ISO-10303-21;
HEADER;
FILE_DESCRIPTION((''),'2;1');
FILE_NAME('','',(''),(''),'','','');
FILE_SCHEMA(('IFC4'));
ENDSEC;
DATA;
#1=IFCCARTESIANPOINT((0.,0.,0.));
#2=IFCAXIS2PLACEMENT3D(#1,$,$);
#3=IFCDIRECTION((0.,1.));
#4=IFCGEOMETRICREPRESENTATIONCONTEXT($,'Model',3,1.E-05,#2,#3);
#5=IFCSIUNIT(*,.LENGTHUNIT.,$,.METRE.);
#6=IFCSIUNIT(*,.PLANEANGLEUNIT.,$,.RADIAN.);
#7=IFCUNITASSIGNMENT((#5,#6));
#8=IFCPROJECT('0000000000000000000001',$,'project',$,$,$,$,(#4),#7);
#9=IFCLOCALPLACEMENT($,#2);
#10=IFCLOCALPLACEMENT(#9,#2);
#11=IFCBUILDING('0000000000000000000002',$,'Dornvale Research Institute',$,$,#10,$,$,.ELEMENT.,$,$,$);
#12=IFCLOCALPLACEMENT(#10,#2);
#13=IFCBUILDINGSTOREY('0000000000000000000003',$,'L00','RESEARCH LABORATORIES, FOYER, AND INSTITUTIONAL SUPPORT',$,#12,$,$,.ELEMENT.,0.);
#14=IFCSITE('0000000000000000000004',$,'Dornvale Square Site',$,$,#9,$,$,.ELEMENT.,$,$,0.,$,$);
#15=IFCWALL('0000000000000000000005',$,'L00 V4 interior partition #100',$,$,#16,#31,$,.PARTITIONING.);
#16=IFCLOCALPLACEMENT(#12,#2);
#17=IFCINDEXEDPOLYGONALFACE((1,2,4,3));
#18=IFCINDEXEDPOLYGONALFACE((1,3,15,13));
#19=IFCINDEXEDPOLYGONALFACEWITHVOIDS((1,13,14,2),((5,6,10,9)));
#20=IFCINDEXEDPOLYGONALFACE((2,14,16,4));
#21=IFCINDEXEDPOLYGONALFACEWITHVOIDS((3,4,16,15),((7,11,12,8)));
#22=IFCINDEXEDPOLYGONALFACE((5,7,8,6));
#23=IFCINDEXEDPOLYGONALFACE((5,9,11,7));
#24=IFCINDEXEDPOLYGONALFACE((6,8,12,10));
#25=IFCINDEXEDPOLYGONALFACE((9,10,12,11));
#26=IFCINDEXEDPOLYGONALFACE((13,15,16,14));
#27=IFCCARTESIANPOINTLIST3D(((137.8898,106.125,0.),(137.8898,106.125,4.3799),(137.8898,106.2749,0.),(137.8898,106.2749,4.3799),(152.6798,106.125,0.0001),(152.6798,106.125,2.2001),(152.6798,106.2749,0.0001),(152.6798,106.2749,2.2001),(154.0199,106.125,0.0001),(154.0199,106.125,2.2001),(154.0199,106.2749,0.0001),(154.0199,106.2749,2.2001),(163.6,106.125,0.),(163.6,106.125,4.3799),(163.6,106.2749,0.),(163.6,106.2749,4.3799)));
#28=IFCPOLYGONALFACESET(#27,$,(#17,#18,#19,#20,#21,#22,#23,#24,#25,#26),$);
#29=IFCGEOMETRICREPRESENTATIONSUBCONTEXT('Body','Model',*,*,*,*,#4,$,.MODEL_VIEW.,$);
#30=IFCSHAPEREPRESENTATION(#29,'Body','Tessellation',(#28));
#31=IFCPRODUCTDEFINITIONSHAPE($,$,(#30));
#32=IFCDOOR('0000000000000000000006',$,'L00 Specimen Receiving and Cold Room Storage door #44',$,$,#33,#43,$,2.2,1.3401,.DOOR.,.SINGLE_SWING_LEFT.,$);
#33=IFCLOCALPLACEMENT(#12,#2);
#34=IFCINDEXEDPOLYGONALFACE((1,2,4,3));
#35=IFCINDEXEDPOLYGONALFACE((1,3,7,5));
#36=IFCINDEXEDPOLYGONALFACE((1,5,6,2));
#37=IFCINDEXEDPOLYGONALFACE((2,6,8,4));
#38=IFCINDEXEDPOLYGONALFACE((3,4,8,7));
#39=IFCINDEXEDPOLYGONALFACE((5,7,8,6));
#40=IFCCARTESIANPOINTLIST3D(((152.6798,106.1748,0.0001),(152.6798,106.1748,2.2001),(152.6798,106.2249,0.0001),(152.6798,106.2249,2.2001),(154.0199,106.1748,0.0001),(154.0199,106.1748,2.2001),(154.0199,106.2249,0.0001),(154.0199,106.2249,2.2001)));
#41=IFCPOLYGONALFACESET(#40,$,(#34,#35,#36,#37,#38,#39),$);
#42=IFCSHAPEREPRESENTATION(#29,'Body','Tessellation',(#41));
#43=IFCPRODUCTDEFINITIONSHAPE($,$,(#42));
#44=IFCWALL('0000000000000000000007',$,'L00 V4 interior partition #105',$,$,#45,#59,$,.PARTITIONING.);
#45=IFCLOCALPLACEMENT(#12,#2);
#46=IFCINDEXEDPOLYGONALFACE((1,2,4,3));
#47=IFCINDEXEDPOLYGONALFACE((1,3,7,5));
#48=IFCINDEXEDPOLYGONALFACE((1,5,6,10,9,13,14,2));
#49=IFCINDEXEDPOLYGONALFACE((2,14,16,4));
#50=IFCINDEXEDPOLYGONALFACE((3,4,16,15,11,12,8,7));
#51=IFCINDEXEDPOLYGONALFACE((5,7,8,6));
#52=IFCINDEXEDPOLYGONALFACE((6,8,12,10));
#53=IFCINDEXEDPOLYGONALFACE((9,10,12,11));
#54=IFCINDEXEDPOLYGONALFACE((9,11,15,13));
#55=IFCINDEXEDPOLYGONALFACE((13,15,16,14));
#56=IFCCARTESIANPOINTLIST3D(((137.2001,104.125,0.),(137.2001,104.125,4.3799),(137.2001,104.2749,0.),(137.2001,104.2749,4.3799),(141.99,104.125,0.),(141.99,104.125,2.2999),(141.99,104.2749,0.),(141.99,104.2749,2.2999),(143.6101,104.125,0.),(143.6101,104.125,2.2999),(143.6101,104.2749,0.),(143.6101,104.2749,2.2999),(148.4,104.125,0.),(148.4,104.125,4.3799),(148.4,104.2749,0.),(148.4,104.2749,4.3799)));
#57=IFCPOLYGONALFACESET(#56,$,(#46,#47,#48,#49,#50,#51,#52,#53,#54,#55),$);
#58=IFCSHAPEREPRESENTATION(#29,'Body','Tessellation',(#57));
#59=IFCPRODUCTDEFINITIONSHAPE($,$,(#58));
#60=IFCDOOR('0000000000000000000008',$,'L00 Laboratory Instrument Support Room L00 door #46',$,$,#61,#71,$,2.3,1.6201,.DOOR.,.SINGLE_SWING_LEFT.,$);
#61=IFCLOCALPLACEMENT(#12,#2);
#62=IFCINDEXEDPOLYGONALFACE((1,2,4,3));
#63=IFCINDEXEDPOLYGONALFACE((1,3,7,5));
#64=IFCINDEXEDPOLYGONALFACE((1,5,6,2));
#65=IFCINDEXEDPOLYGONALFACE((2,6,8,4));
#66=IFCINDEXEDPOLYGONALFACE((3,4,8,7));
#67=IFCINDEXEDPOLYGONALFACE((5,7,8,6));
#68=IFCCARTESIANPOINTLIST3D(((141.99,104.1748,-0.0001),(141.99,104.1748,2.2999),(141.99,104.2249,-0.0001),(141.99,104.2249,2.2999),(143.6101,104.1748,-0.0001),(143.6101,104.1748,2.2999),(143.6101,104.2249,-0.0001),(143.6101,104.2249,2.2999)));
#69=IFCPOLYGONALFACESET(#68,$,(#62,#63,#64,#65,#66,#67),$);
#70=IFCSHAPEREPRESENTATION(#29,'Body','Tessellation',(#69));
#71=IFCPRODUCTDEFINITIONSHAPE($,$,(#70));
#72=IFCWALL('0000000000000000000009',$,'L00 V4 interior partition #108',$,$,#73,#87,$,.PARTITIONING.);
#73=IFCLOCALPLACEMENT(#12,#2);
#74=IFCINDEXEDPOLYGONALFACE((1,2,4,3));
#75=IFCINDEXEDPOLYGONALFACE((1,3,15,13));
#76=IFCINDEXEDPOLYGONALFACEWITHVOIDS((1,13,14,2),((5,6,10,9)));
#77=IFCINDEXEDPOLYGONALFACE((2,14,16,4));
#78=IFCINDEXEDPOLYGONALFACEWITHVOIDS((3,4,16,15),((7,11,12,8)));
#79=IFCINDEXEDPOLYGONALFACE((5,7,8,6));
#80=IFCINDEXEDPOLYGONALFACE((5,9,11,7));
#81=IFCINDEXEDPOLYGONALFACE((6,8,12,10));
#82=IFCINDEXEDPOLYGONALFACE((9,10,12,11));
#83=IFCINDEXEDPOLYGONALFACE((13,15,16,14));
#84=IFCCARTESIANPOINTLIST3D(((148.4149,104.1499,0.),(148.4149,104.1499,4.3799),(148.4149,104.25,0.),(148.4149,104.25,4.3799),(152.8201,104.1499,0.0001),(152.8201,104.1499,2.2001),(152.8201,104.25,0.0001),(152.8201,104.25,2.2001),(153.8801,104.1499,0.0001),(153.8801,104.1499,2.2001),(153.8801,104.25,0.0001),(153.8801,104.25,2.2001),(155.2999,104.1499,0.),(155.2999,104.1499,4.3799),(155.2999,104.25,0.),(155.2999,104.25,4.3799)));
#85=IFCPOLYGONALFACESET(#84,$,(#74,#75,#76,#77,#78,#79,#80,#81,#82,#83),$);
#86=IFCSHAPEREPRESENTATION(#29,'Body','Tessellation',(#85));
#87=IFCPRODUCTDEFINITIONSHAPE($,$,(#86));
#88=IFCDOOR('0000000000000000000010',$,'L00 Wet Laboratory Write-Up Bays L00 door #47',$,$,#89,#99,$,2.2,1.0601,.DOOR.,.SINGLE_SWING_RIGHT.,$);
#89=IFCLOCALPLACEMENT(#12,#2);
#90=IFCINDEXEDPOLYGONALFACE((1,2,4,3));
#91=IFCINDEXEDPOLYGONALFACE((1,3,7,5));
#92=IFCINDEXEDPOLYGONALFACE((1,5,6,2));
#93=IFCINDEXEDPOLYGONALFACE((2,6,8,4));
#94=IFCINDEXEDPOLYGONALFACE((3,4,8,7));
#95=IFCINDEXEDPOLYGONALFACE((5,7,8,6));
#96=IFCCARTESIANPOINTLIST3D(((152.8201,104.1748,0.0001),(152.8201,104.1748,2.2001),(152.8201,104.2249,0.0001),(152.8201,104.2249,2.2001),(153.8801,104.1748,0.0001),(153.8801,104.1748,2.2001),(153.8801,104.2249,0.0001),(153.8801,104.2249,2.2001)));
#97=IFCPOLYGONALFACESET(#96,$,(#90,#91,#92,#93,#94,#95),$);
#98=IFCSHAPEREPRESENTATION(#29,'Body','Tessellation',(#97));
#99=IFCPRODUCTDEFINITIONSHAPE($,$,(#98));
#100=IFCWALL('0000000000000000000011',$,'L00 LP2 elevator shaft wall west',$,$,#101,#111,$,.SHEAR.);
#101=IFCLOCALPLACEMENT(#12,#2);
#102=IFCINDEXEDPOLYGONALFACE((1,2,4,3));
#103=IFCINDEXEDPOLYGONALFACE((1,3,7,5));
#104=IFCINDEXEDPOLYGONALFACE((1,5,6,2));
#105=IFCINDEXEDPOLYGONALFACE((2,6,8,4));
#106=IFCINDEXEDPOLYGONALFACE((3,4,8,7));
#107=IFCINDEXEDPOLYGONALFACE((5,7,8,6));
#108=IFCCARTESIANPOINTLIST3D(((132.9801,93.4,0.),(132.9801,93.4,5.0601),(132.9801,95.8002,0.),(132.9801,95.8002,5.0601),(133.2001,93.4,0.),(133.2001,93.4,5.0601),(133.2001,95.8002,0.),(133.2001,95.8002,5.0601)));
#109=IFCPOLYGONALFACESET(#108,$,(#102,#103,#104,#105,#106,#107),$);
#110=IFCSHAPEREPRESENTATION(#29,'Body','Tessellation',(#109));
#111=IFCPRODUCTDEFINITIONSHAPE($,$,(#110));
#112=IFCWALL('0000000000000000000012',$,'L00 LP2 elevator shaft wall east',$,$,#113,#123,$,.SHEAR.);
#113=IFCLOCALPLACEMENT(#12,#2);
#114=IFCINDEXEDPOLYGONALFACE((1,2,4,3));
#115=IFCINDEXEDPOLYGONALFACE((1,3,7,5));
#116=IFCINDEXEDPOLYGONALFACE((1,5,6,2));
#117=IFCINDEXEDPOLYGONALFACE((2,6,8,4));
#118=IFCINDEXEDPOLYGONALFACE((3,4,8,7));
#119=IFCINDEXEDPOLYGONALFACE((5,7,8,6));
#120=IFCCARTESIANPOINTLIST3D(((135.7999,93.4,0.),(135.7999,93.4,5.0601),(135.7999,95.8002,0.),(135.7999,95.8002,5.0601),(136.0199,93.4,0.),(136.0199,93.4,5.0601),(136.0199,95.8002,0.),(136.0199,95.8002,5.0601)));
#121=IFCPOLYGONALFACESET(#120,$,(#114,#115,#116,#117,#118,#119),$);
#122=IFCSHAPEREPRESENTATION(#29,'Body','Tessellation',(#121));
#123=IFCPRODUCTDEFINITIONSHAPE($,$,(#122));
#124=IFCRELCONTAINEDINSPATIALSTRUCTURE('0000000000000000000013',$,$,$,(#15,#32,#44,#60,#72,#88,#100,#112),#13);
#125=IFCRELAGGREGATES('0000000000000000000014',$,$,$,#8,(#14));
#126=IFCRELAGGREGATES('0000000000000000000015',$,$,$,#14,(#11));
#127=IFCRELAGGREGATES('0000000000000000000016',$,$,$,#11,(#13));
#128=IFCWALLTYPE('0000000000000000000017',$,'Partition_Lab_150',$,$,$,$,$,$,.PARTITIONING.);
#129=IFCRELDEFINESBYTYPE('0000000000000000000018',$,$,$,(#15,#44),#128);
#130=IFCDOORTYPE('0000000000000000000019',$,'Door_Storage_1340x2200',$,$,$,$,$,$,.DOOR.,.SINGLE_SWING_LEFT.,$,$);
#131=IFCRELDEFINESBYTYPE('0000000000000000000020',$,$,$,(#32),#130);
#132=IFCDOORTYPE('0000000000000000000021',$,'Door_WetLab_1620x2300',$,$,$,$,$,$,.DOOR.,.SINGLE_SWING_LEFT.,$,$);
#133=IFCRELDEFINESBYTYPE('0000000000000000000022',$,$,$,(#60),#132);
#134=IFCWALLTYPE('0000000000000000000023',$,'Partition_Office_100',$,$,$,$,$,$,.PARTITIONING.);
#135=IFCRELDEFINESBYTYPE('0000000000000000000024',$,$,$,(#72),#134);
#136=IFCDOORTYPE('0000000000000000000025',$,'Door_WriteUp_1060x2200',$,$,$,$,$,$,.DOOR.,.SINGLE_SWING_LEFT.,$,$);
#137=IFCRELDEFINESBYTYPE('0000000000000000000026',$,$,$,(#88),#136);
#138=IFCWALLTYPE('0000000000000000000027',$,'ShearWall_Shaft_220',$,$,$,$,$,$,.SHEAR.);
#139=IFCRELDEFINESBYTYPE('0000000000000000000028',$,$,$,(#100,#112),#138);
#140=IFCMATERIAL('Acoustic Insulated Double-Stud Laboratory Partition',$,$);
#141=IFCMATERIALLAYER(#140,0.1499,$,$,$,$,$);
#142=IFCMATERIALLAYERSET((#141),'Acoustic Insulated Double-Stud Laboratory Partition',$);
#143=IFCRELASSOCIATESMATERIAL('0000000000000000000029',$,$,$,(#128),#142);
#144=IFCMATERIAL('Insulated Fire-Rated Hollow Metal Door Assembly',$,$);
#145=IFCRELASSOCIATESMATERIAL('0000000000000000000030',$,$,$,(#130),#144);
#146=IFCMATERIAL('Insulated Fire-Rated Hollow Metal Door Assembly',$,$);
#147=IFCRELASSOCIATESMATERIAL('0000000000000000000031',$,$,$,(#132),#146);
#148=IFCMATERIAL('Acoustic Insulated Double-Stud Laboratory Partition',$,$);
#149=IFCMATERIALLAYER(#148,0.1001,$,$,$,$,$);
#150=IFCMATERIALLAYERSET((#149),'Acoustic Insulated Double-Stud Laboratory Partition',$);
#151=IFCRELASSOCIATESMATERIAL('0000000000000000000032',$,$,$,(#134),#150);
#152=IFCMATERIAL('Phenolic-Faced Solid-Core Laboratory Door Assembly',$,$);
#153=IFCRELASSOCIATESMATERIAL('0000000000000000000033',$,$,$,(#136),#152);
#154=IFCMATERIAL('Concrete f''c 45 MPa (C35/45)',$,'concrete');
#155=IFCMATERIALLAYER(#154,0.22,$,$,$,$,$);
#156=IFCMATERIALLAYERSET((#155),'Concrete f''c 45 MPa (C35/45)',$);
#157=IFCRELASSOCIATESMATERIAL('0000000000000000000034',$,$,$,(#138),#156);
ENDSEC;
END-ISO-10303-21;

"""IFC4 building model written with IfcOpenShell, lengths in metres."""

from ifc_helpers import new_model, si_unit, direction, frame, frame_2d, origin, place, context, subcontext, project, spatial, rectangle, extrude, material, layer, layer_set, type_object, element, fill, save


model = new_model("IFC4")

# Units and contexts
model_context = context("Model", 3, precision=1e-05, world=origin(), true_north=direction((0.0, 1.0)))
body_context = subcontext(model_context, "Body", "Model", "MODEL_VIEW")
ifc_project = project(units=[si_unit("LENGTHUNIT", "METRE"), si_unit("PLANEANGLEUNIT", "RADIAN")], contexts=[model_context])

# Site, building, storey
site_placement = place(None, origin())
site = spatial("IfcSite", under=ifc_project, at=site_placement, Name="Dornvale Square Site", CompositionType="ELEMENT", RefElevation=0.0)
building_placement = place(site_placement, origin())
building = spatial("IfcBuilding", under=site, at=building_placement, Name="Dornvale Research Institute", CompositionType="ELEMENT")
storey_placement = place(building_placement, origin())
storey = spatial("IfcBuildingStorey", under=building, at=storey_placement, Name="L00", Description="RESEARCH LABORATORIES, FOYER, AND INSTITUTIONAL SUPPORT", CompositionType="ELEMENT", Elevation=0.0)

# Shared definitions
ifc_material_1 = material(Name="Acoustic Insulated Double-Stud Laboratory Partition")
ifc_layer_1 = layer(ifc_material_1, 0.1499)
ifc_layer_set_1 = layer_set([ifc_layer_1], Name="Acoustic Insulated Double-Stud Laboratory Partition")
wall_type_1 = type_object("IfcWallType", Name="Partition_Lab_150", PredefinedType="PARTITIONING", material=ifc_layer_set_1)

# Walls, openings, doors
wall_1_placement = place(storey_placement, frame((137.8899, 106.2, 0.0), z_axis=(0.0, 0.0, 1.0), x_axis=(1.0, 0.0, 0.0)))
wall_1 = element("IfcWall", 1, at=wall_1_placement, inside=storey, type_object=wall_type_1, Name="L00 V4 interior partition #100", PredefinedType="PARTITIONING", context=body_context, shape_type="SweptSolid", body=[
    extrude(rectangle(XDim=25.7102, YDim=0.1499, at=frame_2d((12.855, 0.0))), origin(), (0.0, 0.0, 1.0), 4.3799),
])
opening_1_placement = place(wall_1_placement, frame((14.79, 0.0, 0.0)))
opening_1 = element("IfcOpeningElement", 2, at=opening_1_placement, cuts=wall_1, PredefinedType="OPENING", context=body_context, shape_type="SweptSolid", body=[
    extrude(rectangle(XDim=1.3401, YDim=2.2, at=frame_2d((0.6699, 1.1001))), frame((0.0, 0.0898, 0.0), z_axis=(0.0, -1.0, 0.0), x_axis=(1.0, 0.0, 0.0)), (0.0, 0.0, 1.0), 0.1799),
])
ifc_material_2 = material(Name="Insulated Fire-Rated Hollow Metal Door Assembly")
door_type_1 = type_object("IfcDoorType", Name="Door_Storage_1340x2200", OperationType="SINGLE_SWING_LEFT", PredefinedType="DOOR", material=ifc_material_2)
door_1_placement = place(opening_1_placement, origin())
door_1 = element("IfcDoor", 3, at=door_1_placement, inside=storey, type_object=door_type_1, Name="L00 Specimen Receiving and Cold Room Storage door #44", OperationType="SINGLE_SWING_LEFT", OverallHeight=2.2, OverallWidth=1.3401, PredefinedType="DOOR", context=body_context, shape_type="SweptSolid", body=[
    extrude(rectangle(XDim=1.3401, YDim=2.2, at=frame_2d((0.6699, 1.1001))), frame((0.0, 0.0249, 0.0), z_axis=(0.0, -1.0, 0.0), x_axis=(1.0, 0.0, 0.0)), (0.0, 0.0, 1.0), 0.05),
])
fill(opening_1, door_1)
wall_2_placement = place(storey_placement, frame((137.2, 104.2, 0.0), z_axis=(0.0, 0.0, 1.0), x_axis=(1.0, 0.0, 0.0)))
wall_2 = element("IfcWall", 4, at=wall_2_placement, inside=storey, type_object=wall_type_1, Name="L00 V4 interior partition #105", PredefinedType="PARTITIONING", context=body_context, shape_type="SweptSolid", body=[
    extrude(rectangle(XDim=11.2, YDim=0.1499, at=frame_2d((5.6001, 0.0))), origin(), (0.0, 0.0, 1.0), 4.3799),
])
opening_2_placement = place(wall_2_placement, frame((4.79, 0.0, 0.0)))
opening_2 = element("IfcOpeningElement", 5, at=opening_2_placement, cuts=wall_2, PredefinedType="OPENING", context=body_context, shape_type="SweptSolid", body=[
    extrude(rectangle(XDim=1.6201, YDim=2.3, at=frame_2d((0.8101, 1.1499))), frame((0.0, 0.0898, 0.0), z_axis=(0.0, -1.0, 0.0), x_axis=(1.0, 0.0, 0.0)), (0.0, 0.0, 1.0), 0.1799),
])
ifc_material_3 = material(Name="Insulated Fire-Rated Hollow Metal Door Assembly")
door_type_2 = type_object("IfcDoorType", Name="Door_WetLab_1620x2300", OperationType="SINGLE_SWING_LEFT", PredefinedType="DOOR", material=ifc_material_3)
door_2_placement = place(opening_2_placement, origin())
door_2 = element("IfcDoor", 6, at=door_2_placement, inside=storey, type_object=door_type_2, Name="L00 Laboratory Instrument Support Room L00 door #46", OperationType="SINGLE_SWING_LEFT", OverallHeight=2.3, OverallWidth=1.6201, PredefinedType="DOOR", context=body_context, shape_type="SweptSolid", body=[
    extrude(rectangle(XDim=1.6201, YDim=2.3, at=frame_2d((0.8101, 1.1499))), frame((0.0, 0.0249, 0.0), z_axis=(0.0, -1.0, 0.0), x_axis=(1.0, 0.0, 0.0)), (0.0, 0.0, 1.0), 0.05),
])
fill(opening_2, door_2)
ifc_material_4 = material(Name="Acoustic Insulated Double-Stud Laboratory Partition")
ifc_layer_2 = layer(ifc_material_4, 0.1001)
ifc_layer_set_2 = layer_set([ifc_layer_2], Name="Acoustic Insulated Double-Stud Laboratory Partition")
wall_type_2 = type_object("IfcWallType", Name="Partition_Office_100", PredefinedType="PARTITIONING", material=ifc_layer_set_2)
wall_3_placement = place(storey_placement, frame((148.415, 104.2, 0.0), z_axis=(0.0, 0.0, 1.0), x_axis=(1.0, 0.0, 0.0)))
wall_3 = element("IfcWall", 7, at=wall_3_placement, inside=storey, type_object=wall_type_2, Name="L00 V4 interior partition #108", PredefinedType="PARTITIONING", context=body_context, shape_type="SweptSolid", body=[
    extrude(rectangle(XDim=6.885, YDim=0.1001, at=frame_2d((3.4424, 0.0))), origin(), (0.0, 0.0, 1.0), 4.3799),
])
opening_3_placement = place(wall_3_placement, frame((4.405, 0.0, 0.0)))
opening_3 = element("IfcOpeningElement", 8, at=opening_3_placement, cuts=wall_3, PredefinedType="OPENING", context=body_context, shape_type="SweptSolid", body=[
    extrude(rectangle(XDim=1.0601, YDim=2.2, at=frame_2d((0.53, 1.1001))), frame((0.0, 0.0649, 0.0), z_axis=(0.0, -1.0, 0.0), x_axis=(1.0, 0.0, 0.0)), (0.0, 0.0, 1.0), 0.1301),
])
ifc_material_5 = material(Name="Phenolic-Faced Solid-Core Laboratory Door Assembly")
door_type_3 = type_object("IfcDoorType", Name="Door_WriteUp_1060x2200", OperationType="SINGLE_SWING_LEFT", PredefinedType="DOOR", material=ifc_material_5)
door_3_placement = place(opening_3_placement, origin())
door_3 = element("IfcDoor", 9, at=door_3_placement, inside=storey, type_object=door_type_3, Name="L00 Wet Laboratory Write-Up Bays L00 door #47", OperationType="SINGLE_SWING_RIGHT", OverallHeight=2.2, OverallWidth=1.0601, PredefinedType="DOOR", context=body_context, shape_type="SweptSolid", body=[
    extrude(rectangle(XDim=1.0601, YDim=2.2, at=frame_2d((0.53, 1.1001))), frame((0.0, 0.0249, 0.0), z_axis=(0.0, -1.0, 0.0), x_axis=(1.0, 0.0, 0.0)), (0.0, 0.0, 1.0), 0.05),
])
fill(opening_3, door_3)

# Walls
ifc_material_6 = material(Name="Concrete f'c 45 MPa (C35/45)", Category="concrete")
ifc_layer_3 = layer(ifc_material_6, 0.22)
ifc_layer_set_3 = layer_set([ifc_layer_3], Name="Concrete f'c 45 MPa (C35/45)")
wall_type_3 = type_object("IfcWallType", Name="ShearWall_Shaft_220", PredefinedType="SHEAR", material=ifc_layer_set_3)
for number, where, z_axis, x_axis, name in (
    (10, (133.0901, 93.3999, 0.0), (0.0, 0.0, 1.0), (0.0, 1.0, 0.0), "L00 LP2 elevator shaft wall west"),
    (11, (135.9099, 93.3999, 0.0), (0.0, 0.0, 1.0), (0.0, 1.0, 0.0), "L00 LP2 elevator shaft wall east"),
):
    element("IfcWall", number, at=place(storey_placement, frame(where, z_axis=z_axis, x_axis=x_axis)), inside=storey, type_object=wall_type_3, Name=name, PredefinedType="SHEAR", context=body_context, shape_type="SweptSolid", body=[
        extrude(rectangle(XDim=2.4001, YDim=0.22, at=frame_2d((1.2002, 0.0))), origin(), (0.0, 0.0, 1.0), 5.0601),
    ])

save(model, "model.ifc")
